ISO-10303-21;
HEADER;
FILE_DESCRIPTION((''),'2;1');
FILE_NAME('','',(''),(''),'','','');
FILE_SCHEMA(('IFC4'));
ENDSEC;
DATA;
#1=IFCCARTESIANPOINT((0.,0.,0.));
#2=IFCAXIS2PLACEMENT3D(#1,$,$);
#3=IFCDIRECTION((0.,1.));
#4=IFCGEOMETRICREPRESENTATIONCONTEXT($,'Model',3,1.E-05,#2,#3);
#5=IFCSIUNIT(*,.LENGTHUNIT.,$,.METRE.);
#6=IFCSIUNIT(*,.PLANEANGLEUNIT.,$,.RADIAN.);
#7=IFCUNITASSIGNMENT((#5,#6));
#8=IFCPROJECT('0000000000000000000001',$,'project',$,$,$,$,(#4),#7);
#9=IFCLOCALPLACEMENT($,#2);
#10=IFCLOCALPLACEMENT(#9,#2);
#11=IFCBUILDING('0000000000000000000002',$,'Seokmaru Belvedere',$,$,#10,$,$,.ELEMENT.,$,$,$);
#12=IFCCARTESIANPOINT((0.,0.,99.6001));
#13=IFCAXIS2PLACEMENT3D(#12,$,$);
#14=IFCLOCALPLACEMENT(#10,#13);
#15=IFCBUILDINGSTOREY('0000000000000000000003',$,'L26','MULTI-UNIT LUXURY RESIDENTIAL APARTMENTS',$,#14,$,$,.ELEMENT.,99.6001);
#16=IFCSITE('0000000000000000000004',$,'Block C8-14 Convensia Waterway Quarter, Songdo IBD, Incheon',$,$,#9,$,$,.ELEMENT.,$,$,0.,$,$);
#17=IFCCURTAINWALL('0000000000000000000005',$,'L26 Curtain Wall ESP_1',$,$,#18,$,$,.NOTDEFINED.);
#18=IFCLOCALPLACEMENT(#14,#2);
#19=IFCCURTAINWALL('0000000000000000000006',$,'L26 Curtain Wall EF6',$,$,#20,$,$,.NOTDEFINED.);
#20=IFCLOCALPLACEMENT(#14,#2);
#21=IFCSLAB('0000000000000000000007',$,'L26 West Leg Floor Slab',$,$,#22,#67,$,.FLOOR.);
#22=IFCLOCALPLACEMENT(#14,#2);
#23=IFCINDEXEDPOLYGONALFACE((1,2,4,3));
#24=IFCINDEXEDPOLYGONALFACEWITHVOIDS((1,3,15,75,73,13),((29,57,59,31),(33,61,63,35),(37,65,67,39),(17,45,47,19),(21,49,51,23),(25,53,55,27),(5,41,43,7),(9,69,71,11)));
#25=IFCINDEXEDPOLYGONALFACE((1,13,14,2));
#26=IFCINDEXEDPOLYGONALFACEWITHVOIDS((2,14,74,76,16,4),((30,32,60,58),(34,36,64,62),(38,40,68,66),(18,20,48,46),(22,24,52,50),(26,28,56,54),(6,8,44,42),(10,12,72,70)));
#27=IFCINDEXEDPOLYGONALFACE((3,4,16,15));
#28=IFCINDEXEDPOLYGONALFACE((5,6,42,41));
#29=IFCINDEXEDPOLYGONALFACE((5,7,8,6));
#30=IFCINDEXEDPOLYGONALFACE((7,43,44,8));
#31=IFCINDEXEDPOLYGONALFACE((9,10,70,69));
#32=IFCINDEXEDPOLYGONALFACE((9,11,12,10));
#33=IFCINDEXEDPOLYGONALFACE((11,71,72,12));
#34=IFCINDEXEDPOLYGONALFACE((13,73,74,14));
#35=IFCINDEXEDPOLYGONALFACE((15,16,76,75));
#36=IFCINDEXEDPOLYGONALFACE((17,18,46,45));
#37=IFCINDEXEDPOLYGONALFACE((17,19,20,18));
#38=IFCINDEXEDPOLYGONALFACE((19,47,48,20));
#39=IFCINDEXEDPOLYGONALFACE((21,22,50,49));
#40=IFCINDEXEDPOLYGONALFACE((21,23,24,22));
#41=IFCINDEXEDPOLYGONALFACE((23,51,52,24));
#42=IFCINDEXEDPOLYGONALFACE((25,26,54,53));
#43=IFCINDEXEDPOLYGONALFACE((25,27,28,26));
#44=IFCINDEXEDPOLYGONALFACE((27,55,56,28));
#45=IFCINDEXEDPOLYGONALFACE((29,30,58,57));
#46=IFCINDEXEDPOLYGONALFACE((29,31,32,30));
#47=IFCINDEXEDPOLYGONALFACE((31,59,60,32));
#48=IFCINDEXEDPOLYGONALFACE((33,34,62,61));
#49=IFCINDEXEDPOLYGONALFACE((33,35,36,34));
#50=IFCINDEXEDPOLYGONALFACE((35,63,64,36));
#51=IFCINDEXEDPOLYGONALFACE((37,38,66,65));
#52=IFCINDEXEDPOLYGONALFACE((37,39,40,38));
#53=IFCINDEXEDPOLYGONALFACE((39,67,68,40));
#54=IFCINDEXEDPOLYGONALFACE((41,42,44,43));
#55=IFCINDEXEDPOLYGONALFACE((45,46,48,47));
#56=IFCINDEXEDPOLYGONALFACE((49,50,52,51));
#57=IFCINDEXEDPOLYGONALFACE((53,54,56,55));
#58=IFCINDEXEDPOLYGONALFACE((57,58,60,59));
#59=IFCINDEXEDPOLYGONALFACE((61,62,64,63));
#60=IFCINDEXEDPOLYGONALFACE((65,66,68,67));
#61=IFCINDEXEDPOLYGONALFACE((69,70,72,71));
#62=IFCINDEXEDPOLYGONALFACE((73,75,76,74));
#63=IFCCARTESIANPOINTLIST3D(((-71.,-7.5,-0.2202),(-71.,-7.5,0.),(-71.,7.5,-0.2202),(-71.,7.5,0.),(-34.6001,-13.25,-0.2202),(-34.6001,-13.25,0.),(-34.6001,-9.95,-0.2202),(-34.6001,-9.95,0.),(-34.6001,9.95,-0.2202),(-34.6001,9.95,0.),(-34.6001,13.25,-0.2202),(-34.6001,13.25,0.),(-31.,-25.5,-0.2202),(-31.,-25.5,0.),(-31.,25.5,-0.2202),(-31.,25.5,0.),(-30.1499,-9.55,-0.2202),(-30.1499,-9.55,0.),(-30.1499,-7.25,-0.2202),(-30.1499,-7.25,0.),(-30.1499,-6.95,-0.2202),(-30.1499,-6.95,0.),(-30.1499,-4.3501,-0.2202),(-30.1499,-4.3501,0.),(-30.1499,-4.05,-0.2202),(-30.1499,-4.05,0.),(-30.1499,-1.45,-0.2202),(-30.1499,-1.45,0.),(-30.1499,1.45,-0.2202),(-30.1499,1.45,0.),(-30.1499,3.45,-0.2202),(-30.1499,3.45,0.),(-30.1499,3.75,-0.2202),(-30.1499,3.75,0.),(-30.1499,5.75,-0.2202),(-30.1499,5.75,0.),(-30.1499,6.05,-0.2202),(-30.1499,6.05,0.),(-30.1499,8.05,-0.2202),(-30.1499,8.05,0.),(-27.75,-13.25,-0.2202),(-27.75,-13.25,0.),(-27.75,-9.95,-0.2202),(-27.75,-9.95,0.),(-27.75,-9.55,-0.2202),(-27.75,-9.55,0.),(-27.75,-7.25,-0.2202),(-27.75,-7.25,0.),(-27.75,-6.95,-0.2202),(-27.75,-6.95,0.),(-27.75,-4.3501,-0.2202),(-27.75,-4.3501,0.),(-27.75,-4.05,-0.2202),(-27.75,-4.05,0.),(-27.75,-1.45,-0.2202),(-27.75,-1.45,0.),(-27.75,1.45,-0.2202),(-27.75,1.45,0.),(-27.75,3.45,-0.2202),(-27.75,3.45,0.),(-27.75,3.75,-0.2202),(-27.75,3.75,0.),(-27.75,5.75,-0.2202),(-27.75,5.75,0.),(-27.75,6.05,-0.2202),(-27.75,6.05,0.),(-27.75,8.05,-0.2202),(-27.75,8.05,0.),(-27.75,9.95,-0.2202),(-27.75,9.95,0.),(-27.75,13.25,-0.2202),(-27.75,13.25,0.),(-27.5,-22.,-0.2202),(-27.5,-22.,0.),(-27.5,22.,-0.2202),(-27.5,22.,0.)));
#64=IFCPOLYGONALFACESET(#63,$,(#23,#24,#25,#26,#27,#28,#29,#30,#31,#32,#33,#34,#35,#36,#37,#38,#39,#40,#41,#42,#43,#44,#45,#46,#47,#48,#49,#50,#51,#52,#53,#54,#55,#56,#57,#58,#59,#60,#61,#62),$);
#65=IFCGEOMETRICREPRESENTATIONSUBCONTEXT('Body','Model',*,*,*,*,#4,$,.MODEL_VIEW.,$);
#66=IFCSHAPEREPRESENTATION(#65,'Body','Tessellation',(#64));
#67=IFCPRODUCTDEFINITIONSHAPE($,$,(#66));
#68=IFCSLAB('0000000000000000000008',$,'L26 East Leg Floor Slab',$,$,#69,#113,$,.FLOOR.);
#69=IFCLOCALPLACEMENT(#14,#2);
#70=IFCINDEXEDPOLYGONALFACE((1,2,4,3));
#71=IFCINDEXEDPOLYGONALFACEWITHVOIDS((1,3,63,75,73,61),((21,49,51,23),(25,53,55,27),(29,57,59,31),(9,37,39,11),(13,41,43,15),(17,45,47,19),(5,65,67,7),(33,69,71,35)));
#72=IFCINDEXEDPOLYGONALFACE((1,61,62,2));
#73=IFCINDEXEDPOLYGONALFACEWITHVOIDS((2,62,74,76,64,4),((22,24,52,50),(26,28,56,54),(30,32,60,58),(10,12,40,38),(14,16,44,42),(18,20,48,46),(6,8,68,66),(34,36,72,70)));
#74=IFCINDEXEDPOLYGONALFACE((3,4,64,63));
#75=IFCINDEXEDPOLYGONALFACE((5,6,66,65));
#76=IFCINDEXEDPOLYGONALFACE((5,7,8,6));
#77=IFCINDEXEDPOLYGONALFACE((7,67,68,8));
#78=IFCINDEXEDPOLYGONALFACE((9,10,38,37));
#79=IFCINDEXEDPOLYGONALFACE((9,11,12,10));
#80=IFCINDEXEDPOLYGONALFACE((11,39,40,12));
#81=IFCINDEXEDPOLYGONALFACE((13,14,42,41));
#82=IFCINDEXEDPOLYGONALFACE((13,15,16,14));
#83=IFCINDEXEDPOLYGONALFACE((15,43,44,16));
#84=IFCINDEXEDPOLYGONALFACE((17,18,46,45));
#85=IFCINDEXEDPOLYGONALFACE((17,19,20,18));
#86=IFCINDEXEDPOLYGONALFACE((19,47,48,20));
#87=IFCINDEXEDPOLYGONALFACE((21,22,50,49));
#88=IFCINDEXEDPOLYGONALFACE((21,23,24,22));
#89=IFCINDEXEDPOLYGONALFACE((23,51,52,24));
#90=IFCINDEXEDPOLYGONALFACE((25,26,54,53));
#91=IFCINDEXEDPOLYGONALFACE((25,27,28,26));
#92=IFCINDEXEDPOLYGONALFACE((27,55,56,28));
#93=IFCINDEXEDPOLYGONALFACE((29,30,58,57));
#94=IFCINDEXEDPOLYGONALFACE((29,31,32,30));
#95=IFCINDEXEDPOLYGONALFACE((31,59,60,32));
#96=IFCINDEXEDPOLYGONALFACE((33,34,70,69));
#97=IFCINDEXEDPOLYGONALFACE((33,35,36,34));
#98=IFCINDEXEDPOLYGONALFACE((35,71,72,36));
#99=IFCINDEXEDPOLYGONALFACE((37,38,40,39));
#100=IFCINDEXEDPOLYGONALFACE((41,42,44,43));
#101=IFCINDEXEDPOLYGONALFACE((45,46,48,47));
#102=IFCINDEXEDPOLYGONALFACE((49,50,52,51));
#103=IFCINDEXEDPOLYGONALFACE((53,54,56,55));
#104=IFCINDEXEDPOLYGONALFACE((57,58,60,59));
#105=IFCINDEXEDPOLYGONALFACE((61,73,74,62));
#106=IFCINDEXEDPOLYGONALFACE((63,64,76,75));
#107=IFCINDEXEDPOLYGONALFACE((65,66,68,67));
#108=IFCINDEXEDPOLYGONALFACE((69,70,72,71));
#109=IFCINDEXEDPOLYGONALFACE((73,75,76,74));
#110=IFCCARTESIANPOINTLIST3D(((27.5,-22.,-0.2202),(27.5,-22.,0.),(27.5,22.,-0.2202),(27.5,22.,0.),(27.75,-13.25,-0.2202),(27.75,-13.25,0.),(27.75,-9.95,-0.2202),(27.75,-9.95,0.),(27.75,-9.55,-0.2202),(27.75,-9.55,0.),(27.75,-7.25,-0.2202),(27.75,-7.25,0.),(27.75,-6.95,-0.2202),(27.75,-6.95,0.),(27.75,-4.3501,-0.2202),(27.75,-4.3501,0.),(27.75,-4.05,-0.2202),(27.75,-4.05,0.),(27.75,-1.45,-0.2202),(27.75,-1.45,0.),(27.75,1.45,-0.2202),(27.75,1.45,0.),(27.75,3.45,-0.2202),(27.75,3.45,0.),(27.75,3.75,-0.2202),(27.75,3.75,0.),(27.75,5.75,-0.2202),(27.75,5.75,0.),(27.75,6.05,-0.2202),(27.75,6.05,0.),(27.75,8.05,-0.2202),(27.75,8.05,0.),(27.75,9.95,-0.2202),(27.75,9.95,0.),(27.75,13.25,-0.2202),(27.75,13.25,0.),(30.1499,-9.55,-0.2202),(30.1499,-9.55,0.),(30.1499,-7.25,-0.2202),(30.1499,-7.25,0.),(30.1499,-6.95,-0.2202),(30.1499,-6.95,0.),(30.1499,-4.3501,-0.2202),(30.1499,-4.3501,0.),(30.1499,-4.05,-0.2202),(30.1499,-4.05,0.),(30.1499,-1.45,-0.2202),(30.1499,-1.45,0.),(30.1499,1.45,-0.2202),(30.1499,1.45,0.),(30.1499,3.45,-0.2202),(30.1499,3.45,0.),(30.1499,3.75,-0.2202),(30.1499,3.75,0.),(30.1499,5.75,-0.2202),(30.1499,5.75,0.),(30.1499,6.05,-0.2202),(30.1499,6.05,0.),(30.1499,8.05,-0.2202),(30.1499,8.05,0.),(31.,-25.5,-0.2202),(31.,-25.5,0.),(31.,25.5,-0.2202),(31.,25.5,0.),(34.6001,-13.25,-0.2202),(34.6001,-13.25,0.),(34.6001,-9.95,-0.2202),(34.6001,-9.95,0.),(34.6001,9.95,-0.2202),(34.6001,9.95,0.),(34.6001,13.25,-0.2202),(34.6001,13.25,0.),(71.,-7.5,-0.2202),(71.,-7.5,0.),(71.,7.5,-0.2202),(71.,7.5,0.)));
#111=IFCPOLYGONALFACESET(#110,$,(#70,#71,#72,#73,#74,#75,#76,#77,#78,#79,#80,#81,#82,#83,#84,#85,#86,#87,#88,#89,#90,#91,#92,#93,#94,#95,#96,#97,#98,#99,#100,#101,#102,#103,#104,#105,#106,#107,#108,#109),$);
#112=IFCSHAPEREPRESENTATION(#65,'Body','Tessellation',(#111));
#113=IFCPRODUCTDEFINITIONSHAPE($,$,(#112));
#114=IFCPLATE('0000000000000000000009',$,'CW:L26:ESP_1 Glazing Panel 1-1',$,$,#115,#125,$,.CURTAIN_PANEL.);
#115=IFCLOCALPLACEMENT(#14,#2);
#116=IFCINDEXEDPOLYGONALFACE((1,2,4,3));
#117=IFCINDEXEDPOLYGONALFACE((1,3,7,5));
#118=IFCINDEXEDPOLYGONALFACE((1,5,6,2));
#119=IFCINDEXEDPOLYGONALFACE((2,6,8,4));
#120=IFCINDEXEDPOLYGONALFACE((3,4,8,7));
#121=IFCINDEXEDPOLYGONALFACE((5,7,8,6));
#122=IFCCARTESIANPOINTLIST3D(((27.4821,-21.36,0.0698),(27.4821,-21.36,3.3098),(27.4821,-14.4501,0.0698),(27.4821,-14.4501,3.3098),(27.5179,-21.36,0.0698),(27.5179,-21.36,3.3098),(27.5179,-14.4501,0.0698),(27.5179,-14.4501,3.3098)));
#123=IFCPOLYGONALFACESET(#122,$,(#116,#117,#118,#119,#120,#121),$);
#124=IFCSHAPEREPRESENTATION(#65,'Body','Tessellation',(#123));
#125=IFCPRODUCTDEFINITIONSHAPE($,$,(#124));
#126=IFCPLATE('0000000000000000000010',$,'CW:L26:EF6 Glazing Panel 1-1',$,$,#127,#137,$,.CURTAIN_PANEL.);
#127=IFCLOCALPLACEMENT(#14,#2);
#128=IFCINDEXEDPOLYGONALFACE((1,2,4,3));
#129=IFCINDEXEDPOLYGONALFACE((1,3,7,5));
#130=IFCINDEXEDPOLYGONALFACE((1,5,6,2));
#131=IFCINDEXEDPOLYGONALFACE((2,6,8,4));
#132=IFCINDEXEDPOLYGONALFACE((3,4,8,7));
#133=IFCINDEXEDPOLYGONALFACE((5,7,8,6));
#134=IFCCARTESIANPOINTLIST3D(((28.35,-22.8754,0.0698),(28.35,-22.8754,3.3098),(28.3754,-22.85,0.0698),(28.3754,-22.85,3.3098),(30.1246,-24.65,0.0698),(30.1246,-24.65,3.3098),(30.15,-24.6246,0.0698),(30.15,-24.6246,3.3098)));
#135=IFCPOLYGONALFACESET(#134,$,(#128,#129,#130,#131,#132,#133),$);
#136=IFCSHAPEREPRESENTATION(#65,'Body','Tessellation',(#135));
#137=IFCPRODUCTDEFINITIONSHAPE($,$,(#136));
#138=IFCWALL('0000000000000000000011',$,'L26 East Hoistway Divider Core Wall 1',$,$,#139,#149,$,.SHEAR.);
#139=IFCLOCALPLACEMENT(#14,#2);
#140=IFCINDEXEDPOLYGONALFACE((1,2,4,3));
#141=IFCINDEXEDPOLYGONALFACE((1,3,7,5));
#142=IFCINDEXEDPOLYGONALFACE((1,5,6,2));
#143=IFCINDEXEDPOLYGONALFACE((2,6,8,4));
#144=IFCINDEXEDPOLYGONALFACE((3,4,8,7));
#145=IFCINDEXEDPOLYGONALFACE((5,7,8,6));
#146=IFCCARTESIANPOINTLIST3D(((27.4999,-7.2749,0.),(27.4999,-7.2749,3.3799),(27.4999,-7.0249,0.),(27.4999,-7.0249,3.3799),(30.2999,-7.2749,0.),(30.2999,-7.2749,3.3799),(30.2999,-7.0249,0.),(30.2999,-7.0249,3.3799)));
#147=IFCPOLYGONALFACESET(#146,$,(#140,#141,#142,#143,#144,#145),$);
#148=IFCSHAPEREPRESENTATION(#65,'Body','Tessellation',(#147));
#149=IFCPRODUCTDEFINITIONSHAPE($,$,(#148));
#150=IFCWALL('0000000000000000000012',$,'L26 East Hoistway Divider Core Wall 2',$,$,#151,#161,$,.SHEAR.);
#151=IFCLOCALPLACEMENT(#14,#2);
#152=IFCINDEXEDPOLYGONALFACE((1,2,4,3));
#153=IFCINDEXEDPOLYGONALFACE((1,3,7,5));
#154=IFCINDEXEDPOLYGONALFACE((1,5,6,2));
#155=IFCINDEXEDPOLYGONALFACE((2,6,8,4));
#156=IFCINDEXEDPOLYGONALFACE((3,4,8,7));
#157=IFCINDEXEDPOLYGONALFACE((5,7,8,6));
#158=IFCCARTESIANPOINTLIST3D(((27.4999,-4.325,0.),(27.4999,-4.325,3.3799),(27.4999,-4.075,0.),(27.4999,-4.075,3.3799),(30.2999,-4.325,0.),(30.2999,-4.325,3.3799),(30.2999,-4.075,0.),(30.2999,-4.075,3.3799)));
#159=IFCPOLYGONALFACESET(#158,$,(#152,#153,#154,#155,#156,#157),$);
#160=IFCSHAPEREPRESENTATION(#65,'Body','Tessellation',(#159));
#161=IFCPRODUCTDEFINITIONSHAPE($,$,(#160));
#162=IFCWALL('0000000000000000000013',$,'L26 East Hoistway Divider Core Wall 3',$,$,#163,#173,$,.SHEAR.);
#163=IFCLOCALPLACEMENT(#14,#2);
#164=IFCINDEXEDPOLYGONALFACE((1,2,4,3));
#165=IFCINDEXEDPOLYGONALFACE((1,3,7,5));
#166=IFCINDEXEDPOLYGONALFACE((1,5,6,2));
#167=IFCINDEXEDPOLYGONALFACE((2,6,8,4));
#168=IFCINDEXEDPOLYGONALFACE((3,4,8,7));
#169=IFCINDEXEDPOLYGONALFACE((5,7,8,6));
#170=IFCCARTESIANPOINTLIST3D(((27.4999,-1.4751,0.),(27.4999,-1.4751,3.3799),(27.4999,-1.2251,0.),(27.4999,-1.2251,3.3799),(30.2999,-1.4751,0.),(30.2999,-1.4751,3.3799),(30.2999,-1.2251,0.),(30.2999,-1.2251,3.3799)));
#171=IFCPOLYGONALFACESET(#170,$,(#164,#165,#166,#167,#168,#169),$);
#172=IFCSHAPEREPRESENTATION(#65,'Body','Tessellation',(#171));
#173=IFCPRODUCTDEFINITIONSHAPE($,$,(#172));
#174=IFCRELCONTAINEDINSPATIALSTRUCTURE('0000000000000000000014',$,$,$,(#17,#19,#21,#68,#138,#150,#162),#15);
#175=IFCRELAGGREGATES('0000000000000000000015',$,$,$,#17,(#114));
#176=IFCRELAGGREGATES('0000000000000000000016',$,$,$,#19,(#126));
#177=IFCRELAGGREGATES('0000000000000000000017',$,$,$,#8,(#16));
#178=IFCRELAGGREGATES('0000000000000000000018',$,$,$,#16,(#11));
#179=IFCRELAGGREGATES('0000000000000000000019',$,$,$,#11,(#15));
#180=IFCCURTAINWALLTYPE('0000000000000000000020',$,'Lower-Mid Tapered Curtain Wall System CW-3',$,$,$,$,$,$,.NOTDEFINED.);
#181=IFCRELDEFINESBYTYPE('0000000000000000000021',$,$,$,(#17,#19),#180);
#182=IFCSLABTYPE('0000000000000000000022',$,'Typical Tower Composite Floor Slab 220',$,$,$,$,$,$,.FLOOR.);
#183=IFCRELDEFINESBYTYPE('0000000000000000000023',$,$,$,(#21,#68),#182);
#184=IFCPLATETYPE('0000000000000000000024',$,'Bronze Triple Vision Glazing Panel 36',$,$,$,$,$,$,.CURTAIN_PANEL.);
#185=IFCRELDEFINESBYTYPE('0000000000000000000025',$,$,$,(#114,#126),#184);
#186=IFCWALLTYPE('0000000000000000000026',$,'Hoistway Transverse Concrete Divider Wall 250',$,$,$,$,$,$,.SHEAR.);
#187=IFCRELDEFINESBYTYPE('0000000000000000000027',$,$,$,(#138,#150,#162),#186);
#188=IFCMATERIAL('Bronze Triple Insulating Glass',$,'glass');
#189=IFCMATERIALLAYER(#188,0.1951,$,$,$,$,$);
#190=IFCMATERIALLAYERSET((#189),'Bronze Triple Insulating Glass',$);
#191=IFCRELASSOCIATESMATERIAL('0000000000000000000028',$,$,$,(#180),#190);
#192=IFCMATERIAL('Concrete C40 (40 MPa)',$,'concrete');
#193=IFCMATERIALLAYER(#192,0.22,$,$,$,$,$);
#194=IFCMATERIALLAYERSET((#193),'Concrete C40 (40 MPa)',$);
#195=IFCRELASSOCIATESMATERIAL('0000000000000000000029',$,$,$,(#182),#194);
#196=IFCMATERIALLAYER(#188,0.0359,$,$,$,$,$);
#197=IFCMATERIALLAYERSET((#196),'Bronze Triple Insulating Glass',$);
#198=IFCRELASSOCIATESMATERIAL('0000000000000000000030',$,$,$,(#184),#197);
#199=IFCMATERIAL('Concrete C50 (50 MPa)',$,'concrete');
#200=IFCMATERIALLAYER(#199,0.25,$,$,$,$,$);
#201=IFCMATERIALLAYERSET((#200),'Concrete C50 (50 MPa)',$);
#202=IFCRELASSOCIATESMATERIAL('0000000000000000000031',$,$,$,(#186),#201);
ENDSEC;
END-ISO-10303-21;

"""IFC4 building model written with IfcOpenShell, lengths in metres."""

from ifc_helpers import new_model, si_unit, direction, frame, frame_2d, origin, origin_2d, place, context, subcontext, project, spatial, polyline, rectangle, outline, extrude, source, transform, mapped, material, layer, layer_set, type_object, type_shapes, element, aggregate, save


model = new_model("IFC4")

# Units and contexts
model_context = context("Model", 3, precision=1e-05, world=origin(), true_north=direction((0.0, 1.0)))
body_context = subcontext(model_context, "Body", "Model", "MODEL_VIEW")
ifc_project = project(units=[si_unit("LENGTHUNIT", "METRE"), si_unit("PLANEANGLEUNIT", "RADIAN")], contexts=[model_context])

# Site, building, storey
site_placement = place(None, origin())
site = spatial("IfcSite", under=ifc_project, at=site_placement, Name="Block C8-14 Convensia Waterway Quarter, Songdo IBD, Incheon", CompositionType="ELEMENT", RefElevation=0.0)
building_placement = place(site_placement, origin())
building = spatial("IfcBuilding", under=site, at=building_placement, Name="Seokmaru Belvedere", CompositionType="ELEMENT")
storey_placement = place(building_placement, frame((0.0, 0.0, 99.6001)))
storey = spatial("IfcBuildingStorey", under=building, at=storey_placement, Name="L26", Description="MULTI-UNIT LUXURY RESIDENTIAL APARTMENTS", CompositionType="ELEMENT", Elevation=99.6001)

# Curtain wall
ifc_material_1 = material(Name="Bronze Triple Insulating Glass", Category="glass")
ifc_layer_1 = layer(ifc_material_1, 0.1951)
ifc_layer_set_1 = layer_set([ifc_layer_1], Name="Bronze Triple Insulating Glass")
curtain_wall_type = type_object("IfcCurtainWallType", Name="Lower-Mid Tapered Curtain Wall System CW-3", PredefinedType="NOTDEFINED", material=ifc_layer_set_1)
curtain_wall_1_placement = place(storey_placement, origin())
curtain_wall_1 = element("IfcCurtainWall", 1, at=curtain_wall_1_placement, inside=storey, type_object=curtain_wall_type, Name="L26 Curtain Wall ESP_1", PredefinedType="NOTDEFINED")

# Curtain wall
curtain_wall_2_placement = place(storey_placement, origin())
curtain_wall_2 = element("IfcCurtainWall", 2, at=curtain_wall_2_placement, inside=storey, type_object=curtain_wall_type, Name="L26 Curtain Wall EF6", PredefinedType="NOTDEFINED")

# Shared definitions
ifc_material_2 = material(Name="Concrete C40 (40 MPa)", Category="concrete")

# Slabs
ifc_layer_2 = layer(ifc_material_2, 0.22)
ifc_layer_set_2 = layer_set([ifc_layer_2], Name="Concrete C40 (40 MPa)")
slab_type_1 = type_object("IfcSlabType", Name="Typical Tower Composite Floor Slab 220", PredefinedType="FLOOR", material=ifc_layer_set_2)
slab_1_placement = place(storey_placement, frame((0.0, 0.0, -0.2202)))
element("IfcSlab", 3, at=slab_1_placement, inside=storey, type_object=slab_type_1, Name="L26 West Leg Floor Slab", PredefinedType="FLOOR", context=body_context, shape_type="SweptSolid", body=[
    extrude(outline(polyline([(-27.5, -22.0), (-27.5, 22.0), (-31.0, 25.5), (-71.0, 7.5), (-71.0, -7.5), (-31.0, -25.5), (-27.5, -22.0)]), holes=[polyline([(-34.6001, -13.25), (-27.75, -13.25), (-27.75, -9.95), (-34.6001, -9.95), (-34.6001, -13.25)]), polyline([(-34.6001, 9.95), (-27.75, 9.95), (-27.75, 13.25), (-34.6001, 13.25), (-34.6001, 9.95)]), polyline([(-30.1499, -9.55), (-27.75, -9.55), (-27.75, -7.25), (-30.1499, -7.25), (-30.1499, -9.55)]), polyline([(-30.1499, -6.95), (-27.75, -6.95), (-27.75, -4.3501), (-30.1499, -4.3501), (-30.1499, -6.95)]), polyline([(-30.1499, -4.05), (-27.75, -4.05), (-27.75, -1.45), (-30.1499, -1.45), (-30.1499, -4.05)]), polyline([(-30.1499, 1.45), (-27.75, 1.45), (-27.75, 3.45), (-30.1499, 3.45), (-30.1499, 1.45)]), polyline([(-30.1499, 3.75), (-27.75, 3.75), (-27.75, 5.75), (-30.1499, 5.75), (-30.1499, 3.75)]), polyline([(-30.1499, 6.05), (-27.75, 6.05), (-27.75, 8.05), (-30.1499, 8.05), (-30.1499, 6.05)])]), origin(), (0.0, 0.0, 1.0), 0.2202),
])
slab_2_placement = place(storey_placement, frame((0.0, 0.0, -0.2202)))
element("IfcSlab", 4, at=slab_2_placement, inside=storey, type_object=slab_type_1, Name="L26 East Leg Floor Slab", PredefinedType="FLOOR", context=body_context, shape_type="SweptSolid", body=[
    extrude(outline(polyline([(31.0, -25.5), (71.0, -7.5), (71.0, 7.5), (31.0, 25.5), (27.5, 22.0), (27.5, -22.0), (31.0, -25.5)]), holes=[polyline([(27.75, -13.25), (34.6001, -13.25), (34.6001, -9.95), (27.75, -9.95), (27.75, -13.25)]), polyline([(27.75, 9.95), (34.6001, 9.95), (34.6001, 13.25), (27.75, 13.25), (27.75, 9.95)]), polyline([(27.75, -9.55), (30.1499, -9.55), (30.1499, -7.25), (27.75, -7.25), (27.75, -9.55)]), polyline([(27.75, -6.95), (30.1499, -6.95), (30.1499, -4.3501), (27.75, -4.3501), (27.75, -6.95)]), polyline([(27.75, -4.05), (30.1499, -4.05), (30.1499, -1.45), (27.75, -1.45), (27.75, -4.05)]), polyline([(27.75, 1.45), (30.1499, 1.45), (30.1499, 3.45), (27.75, 3.45), (27.75, 1.45)]), polyline([(27.75, 3.75), (30.1499, 3.75), (30.1499, 5.75), (27.75, 5.75), (27.75, 3.75)]), polyline([(27.75, 6.05), (30.1499, 6.05), (30.1499, 8.05), (27.75, 8.05), (27.75, 6.05)])]), origin(), (0.0, 0.0, 1.0), 0.2202),
])

# Plates
ifc_layer_3 = layer(ifc_material_1, 0.0359)
ifc_layer_set_3 = layer_set([ifc_layer_3], Name="Bronze Triple Insulating Glass")
plate_type = type_object("IfcPlateType", Name="Bronze Triple Vision Glazing Panel 36", PredefinedType="CURTAIN_PANEL", material=ifc_layer_set_3)
shared_shape_1 = source(origin(), body_context, "Body", "SweptSolid", [
    extrude(rectangle(XDim=6.9099, YDim=0.0359, at=origin_2d()), origin(), (0.0, 0.0, 1.0), 3.24),
])
plate_1_placement = place(storey_placement, frame((27.5, -17.905, 0.0698), z_axis=(0.0, 0.0, 1.0), x_axis=(0.0, -1.0, 0.0)))
plate_1 = element("IfcPlate", 5, at=plate_1_placement, type_object=plate_type, Name="CW:L26:ESP_1 Glazing Panel 1-1", PredefinedType="CURTAIN_PANEL", context=body_context, shape_type="MappedRepresentation", body=[
    mapped(shared_shape_1, transform((0.0, 0.0, 0.0), scale=1.0)),
])
aggregate(curtain_wall_1, [plate_1])
shared_shape_2 = source(origin(), body_context, "Body", "SweptSolid", [
    extrude(rectangle(XDim=2.5098, YDim=0.0359, at=origin_2d()), origin(), (0.0, 0.0, 1.0), 3.24),
])
type_shapes(plate_type, [shared_shape_1, shared_shape_2])
plate_2_placement = place(storey_placement, frame((29.25, -23.75, 0.0698), z_axis=(0.0, 0.0, 1.0), x_axis=(0.707107, -0.707107, 0.0)))
plate_2 = element("IfcPlate", 6, at=plate_2_placement, type_object=plate_type, Name="CW:L26:EF6 Glazing Panel 1-1", PredefinedType="CURTAIN_PANEL", context=body_context, shape_type="MappedRepresentation", body=[
    mapped(shared_shape_2, transform((0.0, 0.0, 0.0), scale=1.0)),
])
aggregate(curtain_wall_2, [plate_2])

# Walls
ifc_material_3 = material(Name="Concrete C50 (50 MPa)", Category="concrete")
ifc_layer_4 = layer(ifc_material_3, 0.25)
ifc_layer_set_4 = layer_set([ifc_layer_4], Name="Concrete C50 (50 MPa)")
wall_type_1 = type_object("IfcWallType", Name="Hoistway Transverse Concrete Divider Wall 250", PredefinedType="SHEAR", material=ifc_layer_set_4)
for number, where, z_axis, x_axis, name in (
    (7, (27.5, -7.1499, 0.0), (0.0, 0.0, 1.0), (1.0, 0.0, 0.0), "L26 East Hoistway Divider Core Wall 1"),
    (8, (27.5, -4.2, 0.0), (0.0, 0.0, 1.0), (1.0, 0.0, 0.0), "L26 East Hoistway Divider Core Wall 2"),
    (9, (27.5, -1.3501, 0.0), (0.0, 0.0, 1.0), (1.0, 0.0, 0.0), "L26 East Hoistway Divider Core Wall 3"),
):
    element("IfcWall", number, at=place(storey_placement, frame(where, z_axis=z_axis, x_axis=x_axis)), inside=storey, type_object=wall_type_1, Name=name, PredefinedType="SHEAR", context=body_context, shape_type="SweptSolid", body=[
        extrude(rectangle(XDim=2.8, YDim=0.25, at=frame_2d((1.3999, 0.0))), origin(), (0.0, 0.0, 1.0), 3.3799),
    ])

save(model, "model.ifc")
